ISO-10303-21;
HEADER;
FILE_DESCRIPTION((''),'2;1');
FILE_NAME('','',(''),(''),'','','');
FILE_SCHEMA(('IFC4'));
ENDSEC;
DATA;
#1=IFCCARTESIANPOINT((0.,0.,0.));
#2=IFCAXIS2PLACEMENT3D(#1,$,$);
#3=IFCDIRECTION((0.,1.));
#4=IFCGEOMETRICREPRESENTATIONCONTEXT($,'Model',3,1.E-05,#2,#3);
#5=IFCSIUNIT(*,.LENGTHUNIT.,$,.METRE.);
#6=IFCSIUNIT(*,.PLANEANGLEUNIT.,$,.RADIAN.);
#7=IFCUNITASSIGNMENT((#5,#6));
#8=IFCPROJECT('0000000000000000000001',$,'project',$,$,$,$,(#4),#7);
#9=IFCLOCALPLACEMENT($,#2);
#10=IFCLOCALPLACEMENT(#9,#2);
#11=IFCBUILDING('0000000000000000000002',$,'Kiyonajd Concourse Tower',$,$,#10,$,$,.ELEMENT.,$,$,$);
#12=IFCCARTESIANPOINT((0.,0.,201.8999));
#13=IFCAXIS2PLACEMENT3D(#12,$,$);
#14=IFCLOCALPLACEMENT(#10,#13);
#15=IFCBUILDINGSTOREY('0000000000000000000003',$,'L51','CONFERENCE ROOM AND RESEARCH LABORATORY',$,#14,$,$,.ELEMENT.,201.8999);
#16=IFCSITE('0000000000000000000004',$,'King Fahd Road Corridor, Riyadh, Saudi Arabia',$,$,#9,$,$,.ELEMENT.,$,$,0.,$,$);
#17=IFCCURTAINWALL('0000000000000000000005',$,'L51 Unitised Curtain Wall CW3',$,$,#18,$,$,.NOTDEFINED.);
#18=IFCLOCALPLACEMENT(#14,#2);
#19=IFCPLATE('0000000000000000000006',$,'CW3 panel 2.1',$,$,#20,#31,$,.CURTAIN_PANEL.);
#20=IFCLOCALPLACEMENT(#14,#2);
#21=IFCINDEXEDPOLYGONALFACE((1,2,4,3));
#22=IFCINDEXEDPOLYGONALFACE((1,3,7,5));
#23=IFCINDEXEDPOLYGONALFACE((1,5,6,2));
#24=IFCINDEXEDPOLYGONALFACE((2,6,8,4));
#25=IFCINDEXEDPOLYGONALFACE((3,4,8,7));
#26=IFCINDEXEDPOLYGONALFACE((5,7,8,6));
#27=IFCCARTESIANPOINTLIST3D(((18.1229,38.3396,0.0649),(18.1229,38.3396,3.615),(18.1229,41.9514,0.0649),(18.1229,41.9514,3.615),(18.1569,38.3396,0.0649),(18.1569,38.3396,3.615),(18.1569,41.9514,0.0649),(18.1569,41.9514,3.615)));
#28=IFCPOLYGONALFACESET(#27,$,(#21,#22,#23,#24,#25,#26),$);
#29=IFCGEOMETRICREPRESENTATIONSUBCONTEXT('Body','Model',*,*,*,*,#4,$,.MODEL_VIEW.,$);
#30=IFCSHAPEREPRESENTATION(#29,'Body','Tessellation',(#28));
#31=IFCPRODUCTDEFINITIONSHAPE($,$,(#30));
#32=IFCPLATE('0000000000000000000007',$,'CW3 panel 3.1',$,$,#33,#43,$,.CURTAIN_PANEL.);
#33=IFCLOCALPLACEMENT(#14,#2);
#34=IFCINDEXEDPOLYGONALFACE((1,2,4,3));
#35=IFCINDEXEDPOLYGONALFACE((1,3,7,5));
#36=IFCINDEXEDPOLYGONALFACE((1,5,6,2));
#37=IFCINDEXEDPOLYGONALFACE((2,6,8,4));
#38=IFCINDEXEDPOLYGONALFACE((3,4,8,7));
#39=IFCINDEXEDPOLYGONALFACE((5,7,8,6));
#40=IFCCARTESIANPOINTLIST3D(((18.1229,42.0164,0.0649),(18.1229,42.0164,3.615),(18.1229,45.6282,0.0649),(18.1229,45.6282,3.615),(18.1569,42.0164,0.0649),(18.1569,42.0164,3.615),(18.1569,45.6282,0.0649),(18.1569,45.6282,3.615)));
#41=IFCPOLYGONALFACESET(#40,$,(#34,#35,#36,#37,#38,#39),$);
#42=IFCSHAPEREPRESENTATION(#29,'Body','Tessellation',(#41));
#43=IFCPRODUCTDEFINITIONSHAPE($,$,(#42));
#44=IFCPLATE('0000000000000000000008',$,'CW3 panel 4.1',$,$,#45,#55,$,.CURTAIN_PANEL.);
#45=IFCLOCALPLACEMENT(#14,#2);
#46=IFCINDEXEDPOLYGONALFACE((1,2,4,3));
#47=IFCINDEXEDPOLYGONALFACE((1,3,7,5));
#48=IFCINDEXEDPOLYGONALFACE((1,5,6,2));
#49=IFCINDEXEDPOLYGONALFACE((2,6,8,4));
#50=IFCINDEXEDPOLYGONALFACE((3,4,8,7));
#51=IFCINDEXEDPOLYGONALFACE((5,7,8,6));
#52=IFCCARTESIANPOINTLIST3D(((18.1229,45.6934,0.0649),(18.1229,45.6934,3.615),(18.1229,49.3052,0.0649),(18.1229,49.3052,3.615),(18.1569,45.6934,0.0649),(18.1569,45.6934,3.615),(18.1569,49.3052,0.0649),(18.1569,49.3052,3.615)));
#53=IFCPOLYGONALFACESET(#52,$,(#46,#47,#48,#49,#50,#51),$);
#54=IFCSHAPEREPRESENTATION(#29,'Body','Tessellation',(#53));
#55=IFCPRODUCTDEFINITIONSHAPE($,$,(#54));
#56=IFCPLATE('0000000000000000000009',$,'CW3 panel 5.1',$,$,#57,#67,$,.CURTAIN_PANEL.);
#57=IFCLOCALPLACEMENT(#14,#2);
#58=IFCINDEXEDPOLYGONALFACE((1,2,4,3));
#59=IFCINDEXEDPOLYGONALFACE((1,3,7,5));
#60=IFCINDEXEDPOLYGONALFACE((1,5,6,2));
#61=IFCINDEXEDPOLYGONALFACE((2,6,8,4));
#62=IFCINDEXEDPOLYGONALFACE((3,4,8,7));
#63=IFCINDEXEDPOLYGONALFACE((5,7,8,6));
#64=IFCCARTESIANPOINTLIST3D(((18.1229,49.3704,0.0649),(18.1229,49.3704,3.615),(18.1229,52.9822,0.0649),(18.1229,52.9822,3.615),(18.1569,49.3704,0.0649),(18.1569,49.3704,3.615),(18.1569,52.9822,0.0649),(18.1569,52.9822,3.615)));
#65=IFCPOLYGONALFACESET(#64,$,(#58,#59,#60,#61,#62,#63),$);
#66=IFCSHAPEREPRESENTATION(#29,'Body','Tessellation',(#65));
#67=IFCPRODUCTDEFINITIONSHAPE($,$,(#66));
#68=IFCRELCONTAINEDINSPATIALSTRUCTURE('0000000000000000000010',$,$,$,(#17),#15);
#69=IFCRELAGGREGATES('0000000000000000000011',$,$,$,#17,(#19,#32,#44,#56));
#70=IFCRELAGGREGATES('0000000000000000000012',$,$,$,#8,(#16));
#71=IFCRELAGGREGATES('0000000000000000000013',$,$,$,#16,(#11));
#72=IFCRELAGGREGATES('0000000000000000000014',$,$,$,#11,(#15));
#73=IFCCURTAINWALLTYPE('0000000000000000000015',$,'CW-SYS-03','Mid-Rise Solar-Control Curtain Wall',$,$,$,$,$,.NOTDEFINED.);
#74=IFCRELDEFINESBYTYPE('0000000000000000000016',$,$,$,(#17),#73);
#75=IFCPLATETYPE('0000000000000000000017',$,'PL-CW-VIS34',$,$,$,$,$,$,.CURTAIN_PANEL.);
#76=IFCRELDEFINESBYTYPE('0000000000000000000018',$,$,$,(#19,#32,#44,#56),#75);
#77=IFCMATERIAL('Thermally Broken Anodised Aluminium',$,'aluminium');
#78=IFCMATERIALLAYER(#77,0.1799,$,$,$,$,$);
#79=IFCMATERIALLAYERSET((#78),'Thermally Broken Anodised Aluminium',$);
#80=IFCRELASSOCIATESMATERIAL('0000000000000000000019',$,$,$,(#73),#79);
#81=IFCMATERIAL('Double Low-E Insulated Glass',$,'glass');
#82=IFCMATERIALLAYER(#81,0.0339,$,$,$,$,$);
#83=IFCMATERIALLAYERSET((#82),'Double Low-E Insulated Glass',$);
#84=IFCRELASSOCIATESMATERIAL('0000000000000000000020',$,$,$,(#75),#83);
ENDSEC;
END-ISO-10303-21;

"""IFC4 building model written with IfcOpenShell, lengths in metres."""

from ifc_helpers import new_model, si_unit, direction, frame, origin, origin_2d, place, context, subcontext, project, spatial, rectangle, extrude, material, layer, layer_set, type_object, element, aggregate, save


model = new_model("IFC4")

# Units and contexts
model_context = context("Model", 3, precision=1e-05, world=origin(), true_north=direction((0.0, 1.0)))
body_context = subcontext(model_context, "Body", "Model", "MODEL_VIEW")
ifc_project = project(units=[si_unit("LENGTHUNIT", "METRE"), si_unit("PLANEANGLEUNIT", "RADIAN")], contexts=[model_context])

# Site, building, storey
site_placement = place(None, origin())
site = spatial("IfcSite", under=ifc_project, at=site_placement, Name="King Fahd Road Corridor, Riyadh, Saudi Arabia", CompositionType="ELEMENT", RefElevation=0.0)
building_placement = place(site_placement, origin())
building = spatial("IfcBuilding", under=site, at=building_placement, Name="Kiyonajd Concourse Tower", CompositionType="ELEMENT")
storey_placement = place(building_placement, frame((0.0, 0.0, 201.8999)))
storey = spatial("IfcBuildingStorey", under=building, at=storey_placement, Name="L51", Description="CONFERENCE ROOM AND RESEARCH LABORATORY", CompositionType="ELEMENT", Elevation=201.8999)

# Curtain wall, plates
ifc_material_1 = material(Name="Thermally Broken Anodised Aluminium", Category="aluminium")
ifc_layer_1 = layer(ifc_material_1, 0.1799)
ifc_layer_set_1 = layer_set([ifc_layer_1], Name="Thermally Broken Anodised Aluminium")
curtain_wall_type = type_object("IfcCurtainWallType", Name="CW-SYS-03", Description="Mid-Rise Solar-Control Curtain Wall", PredefinedType="NOTDEFINED", material=ifc_layer_set_1)
curtain_wall_placement = place(storey_placement, origin())
curtain_wall = element("IfcCurtainWall", 1, at=curtain_wall_placement, inside=storey, type_object=curtain_wall_type, Name="L51 Unitised Curtain Wall CW3", PredefinedType="NOTDEFINED")
ifc_material_2 = material(Name="Double Low-E Insulated Glass", Category="glass")
ifc_layer_2 = layer(ifc_material_2, 0.0339)
ifc_layer_set_2 = layer_set([ifc_layer_2], Name="Double Low-E Insulated Glass")
plate_type = type_object("IfcPlateType", Name="PL-CW-VIS34", PredefinedType="CURTAIN_PANEL", material=ifc_layer_set_2)
plate_1_placement = place(storey_placement, frame((18.1399, 40.1455, 0.0649), z_axis=(0.0, 0.0, 1.0), x_axis=(0.0, 1.0, 0.0)))
plate_1 = element("IfcPlate", 2, at=plate_1_placement, type_object=plate_type, Name="CW3 panel 2.1", PredefinedType="CURTAIN_PANEL", context=body_context, shape_type="SweptSolid", body=[
    extrude(rectangle(XDim=3.6118, YDim=0.0339, at=origin_2d()), origin(), (0.0, 0.0, 1.0), 3.55),
])
plate_2_placement = place(storey_placement, frame((18.1399, 43.8223, 0.0649), z_axis=(0.0, 0.0, 1.0), x_axis=(0.0, 1.0, 0.0)))
plate_2 = element("IfcPlate", 3, at=plate_2_placement, type_object=plate_type, Name="CW3 panel 3.1", PredefinedType="CURTAIN_PANEL", context=body_context, shape_type="SweptSolid", body=[
    extrude(rectangle(XDim=3.6118, YDim=0.0339, at=origin_2d()), origin(), (0.0, 0.0, 1.0), 3.55),
])
plate_3_placement = place(storey_placement, frame((18.1399, 47.4993, 0.0649), z_axis=(0.0, 0.0, 1.0), x_axis=(0.0, 1.0, 0.0)))
plate_3 = element("IfcPlate", 4, at=plate_3_placement, type_object=plate_type, Name="CW3 panel 4.1", PredefinedType="CURTAIN_PANEL", context=body_context, shape_type="SweptSolid", body=[
    extrude(rectangle(XDim=3.6118, YDim=0.0339, at=origin_2d()), origin(), (0.0, 0.0, 1.0), 3.55),
])
plate_4_placement = place(storey_placement, frame((18.1399, 51.1763, 0.0649), z_axis=(0.0, 0.0, 1.0), x_axis=(0.0, 1.0, 0.0)))
plate_4 = element("IfcPlate", 5, at=plate_4_placement, type_object=plate_type, Name="CW3 panel 5.1", PredefinedType="CURTAIN_PANEL", context=body_context, shape_type="SweptSolid", body=[
    extrude(rectangle(XDim=3.6118, YDim=0.0339, at=origin_2d()), origin(), (0.0, 0.0, 1.0), 3.55),
])
aggregate(curtain_wall, [plate_1, plate_2, plate_3, plate_4])

save(model, "model.ifc")
